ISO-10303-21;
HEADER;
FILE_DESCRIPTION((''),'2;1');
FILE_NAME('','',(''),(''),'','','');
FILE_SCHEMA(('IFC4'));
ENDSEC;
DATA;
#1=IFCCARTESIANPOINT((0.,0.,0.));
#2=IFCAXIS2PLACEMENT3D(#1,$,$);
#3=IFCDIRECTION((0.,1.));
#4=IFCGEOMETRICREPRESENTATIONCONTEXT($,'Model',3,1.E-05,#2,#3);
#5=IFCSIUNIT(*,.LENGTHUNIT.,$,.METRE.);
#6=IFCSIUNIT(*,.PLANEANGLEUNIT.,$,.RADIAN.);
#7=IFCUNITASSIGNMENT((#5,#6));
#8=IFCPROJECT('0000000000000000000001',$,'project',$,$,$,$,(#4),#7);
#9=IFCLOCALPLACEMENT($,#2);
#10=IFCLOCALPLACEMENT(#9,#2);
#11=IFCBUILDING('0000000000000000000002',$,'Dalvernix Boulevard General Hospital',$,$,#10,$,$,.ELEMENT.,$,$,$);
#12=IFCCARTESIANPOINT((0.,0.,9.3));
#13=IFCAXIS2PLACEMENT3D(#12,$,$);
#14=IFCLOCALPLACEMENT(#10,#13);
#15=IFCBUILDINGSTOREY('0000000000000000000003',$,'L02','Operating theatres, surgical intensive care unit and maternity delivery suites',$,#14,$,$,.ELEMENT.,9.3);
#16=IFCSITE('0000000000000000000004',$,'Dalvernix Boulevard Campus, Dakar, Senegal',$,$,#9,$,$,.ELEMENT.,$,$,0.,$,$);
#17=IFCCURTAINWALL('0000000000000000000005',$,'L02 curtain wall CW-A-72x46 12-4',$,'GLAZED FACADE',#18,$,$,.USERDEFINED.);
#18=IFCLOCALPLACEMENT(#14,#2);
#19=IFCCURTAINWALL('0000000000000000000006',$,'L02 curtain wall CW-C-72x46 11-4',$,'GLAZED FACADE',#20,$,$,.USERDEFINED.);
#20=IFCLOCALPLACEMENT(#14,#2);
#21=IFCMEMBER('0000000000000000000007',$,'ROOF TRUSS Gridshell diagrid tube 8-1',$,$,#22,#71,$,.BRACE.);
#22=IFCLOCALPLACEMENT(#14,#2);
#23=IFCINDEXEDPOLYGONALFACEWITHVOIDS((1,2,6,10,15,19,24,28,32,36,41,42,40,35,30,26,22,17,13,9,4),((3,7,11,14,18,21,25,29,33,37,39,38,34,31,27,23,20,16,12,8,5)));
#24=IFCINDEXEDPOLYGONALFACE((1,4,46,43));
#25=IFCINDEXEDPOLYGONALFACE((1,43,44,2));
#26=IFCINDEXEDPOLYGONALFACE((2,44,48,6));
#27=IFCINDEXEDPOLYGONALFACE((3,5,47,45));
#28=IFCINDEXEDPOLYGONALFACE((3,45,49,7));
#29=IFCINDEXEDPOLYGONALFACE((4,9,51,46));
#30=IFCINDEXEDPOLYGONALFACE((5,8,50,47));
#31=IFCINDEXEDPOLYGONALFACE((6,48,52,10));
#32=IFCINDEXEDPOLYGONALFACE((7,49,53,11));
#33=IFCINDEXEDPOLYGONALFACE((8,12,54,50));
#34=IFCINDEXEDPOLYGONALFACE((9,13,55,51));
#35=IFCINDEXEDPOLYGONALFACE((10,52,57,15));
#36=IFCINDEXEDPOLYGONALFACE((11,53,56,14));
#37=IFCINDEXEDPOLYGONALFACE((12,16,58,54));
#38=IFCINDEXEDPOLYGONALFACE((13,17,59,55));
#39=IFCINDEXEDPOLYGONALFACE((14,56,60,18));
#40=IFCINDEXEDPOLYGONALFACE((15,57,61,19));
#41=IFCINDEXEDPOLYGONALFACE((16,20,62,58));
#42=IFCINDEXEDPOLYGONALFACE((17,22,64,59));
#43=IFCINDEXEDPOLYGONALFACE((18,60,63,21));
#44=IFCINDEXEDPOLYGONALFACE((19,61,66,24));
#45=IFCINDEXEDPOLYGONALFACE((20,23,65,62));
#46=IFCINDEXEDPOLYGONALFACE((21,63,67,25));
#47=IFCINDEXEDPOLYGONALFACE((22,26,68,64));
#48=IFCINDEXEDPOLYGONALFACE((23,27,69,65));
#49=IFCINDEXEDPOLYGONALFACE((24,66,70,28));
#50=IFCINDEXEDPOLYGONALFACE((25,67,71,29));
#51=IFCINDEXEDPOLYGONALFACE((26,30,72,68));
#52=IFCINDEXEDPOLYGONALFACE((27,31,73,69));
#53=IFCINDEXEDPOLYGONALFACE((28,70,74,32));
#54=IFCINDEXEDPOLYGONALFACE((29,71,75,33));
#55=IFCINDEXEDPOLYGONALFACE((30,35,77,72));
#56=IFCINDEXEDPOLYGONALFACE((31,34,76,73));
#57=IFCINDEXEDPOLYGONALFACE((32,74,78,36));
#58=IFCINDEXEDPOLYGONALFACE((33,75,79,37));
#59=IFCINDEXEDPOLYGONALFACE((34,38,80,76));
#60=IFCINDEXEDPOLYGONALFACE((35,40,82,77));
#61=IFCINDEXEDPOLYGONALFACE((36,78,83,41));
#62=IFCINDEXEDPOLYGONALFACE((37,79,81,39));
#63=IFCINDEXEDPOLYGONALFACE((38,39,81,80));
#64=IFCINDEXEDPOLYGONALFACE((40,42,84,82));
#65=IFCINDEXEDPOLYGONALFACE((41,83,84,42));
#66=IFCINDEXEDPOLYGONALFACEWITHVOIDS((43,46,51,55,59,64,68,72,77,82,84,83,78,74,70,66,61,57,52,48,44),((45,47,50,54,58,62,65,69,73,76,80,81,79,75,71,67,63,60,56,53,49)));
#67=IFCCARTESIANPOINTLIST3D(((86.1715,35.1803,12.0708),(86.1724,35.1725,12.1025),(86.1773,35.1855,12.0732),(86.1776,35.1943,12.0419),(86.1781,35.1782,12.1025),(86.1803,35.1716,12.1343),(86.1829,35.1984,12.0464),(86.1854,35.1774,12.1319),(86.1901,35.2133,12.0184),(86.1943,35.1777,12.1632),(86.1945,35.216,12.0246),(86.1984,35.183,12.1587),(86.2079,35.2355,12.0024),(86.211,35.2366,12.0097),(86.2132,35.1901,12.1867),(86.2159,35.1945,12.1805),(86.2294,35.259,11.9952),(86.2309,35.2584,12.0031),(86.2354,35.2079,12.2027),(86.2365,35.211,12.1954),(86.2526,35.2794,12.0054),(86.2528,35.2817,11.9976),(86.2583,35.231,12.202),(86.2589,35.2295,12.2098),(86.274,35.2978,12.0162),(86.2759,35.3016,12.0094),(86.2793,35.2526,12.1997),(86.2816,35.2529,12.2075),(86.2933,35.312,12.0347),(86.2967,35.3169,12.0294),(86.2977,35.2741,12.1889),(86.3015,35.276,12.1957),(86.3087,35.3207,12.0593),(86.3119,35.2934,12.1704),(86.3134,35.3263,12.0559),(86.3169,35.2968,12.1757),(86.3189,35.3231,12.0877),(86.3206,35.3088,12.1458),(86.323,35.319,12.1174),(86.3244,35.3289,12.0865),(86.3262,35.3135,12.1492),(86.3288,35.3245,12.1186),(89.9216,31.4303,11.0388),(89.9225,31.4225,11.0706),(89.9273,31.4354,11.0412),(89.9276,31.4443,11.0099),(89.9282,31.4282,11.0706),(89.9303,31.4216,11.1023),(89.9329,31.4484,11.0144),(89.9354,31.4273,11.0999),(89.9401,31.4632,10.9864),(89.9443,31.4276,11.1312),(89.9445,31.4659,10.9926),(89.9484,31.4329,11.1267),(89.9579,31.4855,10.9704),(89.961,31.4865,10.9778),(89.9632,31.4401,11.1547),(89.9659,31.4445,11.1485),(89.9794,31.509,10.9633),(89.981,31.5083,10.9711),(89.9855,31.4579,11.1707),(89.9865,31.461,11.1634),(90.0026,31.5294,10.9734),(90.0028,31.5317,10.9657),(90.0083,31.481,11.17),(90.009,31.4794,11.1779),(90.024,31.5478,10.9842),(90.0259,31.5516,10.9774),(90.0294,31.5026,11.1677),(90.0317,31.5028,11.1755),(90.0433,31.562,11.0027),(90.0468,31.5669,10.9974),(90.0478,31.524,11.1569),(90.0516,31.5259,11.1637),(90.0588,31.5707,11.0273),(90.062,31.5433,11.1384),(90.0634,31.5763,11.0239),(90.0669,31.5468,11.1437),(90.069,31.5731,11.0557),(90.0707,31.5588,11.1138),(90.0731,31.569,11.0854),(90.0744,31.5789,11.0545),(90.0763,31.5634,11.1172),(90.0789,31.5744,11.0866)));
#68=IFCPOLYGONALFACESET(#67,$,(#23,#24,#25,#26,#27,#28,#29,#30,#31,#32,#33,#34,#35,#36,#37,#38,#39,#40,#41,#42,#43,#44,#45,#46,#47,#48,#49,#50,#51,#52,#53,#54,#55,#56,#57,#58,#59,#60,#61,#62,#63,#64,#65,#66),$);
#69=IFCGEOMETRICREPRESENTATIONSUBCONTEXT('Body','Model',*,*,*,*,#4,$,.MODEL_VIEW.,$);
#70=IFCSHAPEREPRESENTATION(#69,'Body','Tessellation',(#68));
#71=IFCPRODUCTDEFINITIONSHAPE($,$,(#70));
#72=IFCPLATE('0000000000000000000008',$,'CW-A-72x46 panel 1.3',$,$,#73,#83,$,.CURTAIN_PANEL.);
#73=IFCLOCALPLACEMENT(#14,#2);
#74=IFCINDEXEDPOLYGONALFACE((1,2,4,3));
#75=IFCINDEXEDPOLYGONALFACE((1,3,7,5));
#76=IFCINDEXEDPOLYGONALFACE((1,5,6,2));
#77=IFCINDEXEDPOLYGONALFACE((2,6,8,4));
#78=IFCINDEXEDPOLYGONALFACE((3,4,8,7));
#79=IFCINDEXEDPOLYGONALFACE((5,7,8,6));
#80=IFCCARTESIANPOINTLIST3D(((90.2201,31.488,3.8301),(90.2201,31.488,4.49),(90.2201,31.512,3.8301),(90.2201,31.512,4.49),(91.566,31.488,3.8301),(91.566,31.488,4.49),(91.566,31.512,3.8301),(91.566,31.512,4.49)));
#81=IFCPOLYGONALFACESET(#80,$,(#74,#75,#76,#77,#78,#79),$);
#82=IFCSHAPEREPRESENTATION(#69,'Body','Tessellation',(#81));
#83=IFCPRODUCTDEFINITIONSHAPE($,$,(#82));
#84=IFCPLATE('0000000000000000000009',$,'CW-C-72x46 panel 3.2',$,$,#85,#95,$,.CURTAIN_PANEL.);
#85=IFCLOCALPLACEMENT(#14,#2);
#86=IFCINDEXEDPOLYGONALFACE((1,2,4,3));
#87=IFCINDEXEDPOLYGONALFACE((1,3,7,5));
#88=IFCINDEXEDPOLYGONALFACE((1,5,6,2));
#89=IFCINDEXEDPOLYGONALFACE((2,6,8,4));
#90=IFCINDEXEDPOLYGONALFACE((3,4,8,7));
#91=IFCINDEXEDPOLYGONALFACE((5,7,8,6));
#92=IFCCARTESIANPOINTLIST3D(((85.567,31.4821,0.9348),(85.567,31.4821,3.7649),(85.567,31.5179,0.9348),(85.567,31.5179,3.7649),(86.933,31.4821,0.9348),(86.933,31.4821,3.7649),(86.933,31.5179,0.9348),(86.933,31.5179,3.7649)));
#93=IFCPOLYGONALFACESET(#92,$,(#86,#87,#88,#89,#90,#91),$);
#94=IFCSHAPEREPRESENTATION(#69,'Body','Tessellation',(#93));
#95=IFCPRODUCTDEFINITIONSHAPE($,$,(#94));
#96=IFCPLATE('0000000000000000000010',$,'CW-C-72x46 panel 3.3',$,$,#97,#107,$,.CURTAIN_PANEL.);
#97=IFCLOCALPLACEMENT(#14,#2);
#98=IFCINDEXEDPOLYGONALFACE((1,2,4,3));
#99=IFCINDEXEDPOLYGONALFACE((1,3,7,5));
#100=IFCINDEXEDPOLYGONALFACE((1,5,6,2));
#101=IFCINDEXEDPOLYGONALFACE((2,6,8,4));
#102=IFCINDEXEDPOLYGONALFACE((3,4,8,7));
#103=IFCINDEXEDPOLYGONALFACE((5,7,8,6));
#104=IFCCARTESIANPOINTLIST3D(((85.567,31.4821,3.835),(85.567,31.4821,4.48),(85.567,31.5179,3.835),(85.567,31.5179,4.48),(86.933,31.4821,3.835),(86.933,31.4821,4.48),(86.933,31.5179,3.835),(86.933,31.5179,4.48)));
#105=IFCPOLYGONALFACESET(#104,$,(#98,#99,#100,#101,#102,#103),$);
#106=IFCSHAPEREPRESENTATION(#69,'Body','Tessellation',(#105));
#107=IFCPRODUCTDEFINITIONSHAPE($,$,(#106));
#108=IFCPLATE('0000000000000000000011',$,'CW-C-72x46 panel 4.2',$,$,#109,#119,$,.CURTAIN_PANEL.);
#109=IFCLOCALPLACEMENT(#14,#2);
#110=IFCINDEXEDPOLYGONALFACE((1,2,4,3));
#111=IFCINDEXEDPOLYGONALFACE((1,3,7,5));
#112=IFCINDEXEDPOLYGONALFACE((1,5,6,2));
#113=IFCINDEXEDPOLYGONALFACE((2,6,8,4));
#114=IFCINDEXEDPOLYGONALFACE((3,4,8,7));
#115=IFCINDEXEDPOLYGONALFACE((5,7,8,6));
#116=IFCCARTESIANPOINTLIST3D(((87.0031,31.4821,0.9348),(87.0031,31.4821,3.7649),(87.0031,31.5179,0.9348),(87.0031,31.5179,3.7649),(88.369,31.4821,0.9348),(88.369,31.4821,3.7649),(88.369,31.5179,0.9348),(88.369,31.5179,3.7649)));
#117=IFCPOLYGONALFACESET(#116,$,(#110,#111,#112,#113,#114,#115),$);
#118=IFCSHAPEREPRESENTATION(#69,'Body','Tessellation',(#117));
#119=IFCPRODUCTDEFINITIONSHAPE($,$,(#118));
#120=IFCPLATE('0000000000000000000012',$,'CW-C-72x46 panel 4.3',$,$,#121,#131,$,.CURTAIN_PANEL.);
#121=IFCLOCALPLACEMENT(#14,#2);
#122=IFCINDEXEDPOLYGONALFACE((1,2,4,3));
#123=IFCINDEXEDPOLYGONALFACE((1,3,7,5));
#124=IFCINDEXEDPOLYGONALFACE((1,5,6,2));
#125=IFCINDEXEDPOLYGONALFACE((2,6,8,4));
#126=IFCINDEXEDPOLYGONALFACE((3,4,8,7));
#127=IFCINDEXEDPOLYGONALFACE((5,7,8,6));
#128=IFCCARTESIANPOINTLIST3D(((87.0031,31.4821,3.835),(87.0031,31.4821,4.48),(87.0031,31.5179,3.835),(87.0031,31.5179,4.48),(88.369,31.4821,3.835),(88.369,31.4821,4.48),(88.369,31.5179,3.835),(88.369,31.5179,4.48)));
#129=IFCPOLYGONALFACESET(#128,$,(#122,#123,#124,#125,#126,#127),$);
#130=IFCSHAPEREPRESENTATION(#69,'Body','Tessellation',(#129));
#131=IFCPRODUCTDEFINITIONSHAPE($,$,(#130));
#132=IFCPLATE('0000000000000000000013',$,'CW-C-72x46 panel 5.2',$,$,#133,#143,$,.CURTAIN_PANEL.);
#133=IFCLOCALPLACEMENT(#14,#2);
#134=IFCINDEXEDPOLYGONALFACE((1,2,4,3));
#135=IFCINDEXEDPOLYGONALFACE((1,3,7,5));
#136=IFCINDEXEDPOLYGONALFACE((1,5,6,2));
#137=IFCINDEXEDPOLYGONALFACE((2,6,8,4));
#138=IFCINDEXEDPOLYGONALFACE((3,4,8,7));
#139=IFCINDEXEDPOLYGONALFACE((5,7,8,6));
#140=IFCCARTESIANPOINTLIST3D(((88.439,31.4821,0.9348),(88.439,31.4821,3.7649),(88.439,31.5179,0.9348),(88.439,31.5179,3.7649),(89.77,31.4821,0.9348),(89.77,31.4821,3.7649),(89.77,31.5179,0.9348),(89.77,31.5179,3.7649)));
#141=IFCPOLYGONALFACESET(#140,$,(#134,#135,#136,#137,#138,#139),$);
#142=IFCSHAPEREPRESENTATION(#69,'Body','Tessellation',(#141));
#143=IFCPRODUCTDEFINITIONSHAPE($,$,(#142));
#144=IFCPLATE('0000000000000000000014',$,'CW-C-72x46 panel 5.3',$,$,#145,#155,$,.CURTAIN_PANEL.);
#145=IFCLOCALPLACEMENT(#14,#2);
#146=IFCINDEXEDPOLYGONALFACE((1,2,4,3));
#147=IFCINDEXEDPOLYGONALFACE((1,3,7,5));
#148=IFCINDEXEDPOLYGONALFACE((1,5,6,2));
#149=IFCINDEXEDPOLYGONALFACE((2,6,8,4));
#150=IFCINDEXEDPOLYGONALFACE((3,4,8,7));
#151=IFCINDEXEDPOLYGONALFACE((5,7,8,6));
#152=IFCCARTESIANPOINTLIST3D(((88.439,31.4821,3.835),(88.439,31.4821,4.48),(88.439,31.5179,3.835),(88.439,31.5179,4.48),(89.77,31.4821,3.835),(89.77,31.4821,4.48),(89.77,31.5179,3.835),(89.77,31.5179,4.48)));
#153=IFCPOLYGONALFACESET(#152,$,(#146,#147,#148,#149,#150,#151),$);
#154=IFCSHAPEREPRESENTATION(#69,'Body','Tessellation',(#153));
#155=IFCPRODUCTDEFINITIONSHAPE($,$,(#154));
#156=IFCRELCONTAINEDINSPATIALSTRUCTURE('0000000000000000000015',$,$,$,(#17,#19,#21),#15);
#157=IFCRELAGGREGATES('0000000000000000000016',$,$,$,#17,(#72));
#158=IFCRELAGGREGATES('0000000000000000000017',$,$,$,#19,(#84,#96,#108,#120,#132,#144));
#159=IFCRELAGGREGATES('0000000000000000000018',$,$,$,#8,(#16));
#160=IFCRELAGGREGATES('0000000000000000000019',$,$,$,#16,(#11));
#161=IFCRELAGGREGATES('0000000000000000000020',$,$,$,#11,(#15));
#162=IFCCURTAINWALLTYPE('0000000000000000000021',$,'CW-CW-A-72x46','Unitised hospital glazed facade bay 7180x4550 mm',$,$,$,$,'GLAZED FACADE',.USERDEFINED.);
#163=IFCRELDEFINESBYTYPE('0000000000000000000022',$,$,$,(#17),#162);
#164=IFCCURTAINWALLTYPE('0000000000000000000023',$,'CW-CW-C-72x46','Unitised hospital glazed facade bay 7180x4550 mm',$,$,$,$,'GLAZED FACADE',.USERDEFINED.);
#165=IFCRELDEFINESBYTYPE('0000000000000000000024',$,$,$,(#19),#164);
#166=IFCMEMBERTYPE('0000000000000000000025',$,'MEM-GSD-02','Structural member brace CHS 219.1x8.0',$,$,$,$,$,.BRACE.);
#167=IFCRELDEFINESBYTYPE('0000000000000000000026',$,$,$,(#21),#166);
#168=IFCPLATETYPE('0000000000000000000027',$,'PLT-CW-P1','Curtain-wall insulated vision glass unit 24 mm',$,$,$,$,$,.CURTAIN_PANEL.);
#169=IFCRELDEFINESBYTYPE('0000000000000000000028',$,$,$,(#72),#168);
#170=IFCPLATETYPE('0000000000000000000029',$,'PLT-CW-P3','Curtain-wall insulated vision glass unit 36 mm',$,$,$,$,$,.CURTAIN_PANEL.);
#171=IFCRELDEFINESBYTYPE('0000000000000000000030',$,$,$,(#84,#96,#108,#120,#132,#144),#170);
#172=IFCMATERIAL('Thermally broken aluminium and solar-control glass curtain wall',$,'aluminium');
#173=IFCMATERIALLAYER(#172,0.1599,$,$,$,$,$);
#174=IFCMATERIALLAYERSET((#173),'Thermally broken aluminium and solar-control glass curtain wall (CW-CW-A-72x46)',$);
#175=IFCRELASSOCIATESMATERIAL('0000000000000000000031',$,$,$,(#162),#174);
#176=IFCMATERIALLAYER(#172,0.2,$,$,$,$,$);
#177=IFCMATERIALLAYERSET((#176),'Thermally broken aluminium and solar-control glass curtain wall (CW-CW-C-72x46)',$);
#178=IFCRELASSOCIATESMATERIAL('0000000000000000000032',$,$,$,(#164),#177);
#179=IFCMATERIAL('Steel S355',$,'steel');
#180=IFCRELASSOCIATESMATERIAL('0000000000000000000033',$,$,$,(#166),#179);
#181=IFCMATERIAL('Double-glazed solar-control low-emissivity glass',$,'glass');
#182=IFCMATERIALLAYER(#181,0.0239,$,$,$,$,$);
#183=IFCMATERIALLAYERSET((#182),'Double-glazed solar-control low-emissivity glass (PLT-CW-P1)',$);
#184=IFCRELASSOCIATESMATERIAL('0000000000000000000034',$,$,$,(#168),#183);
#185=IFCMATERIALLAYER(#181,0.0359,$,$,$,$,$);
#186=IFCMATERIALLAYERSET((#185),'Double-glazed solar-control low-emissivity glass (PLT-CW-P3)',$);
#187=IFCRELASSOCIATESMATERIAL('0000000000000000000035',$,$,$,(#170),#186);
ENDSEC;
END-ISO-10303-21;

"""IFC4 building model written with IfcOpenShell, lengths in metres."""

from ifc_helpers import new_model, si_unit, direction, frame, origin, origin_2d, place, context, subcontext, project, spatial, rectangle, hollow_circle, extrude, material, layer, layer_set, material_profile, profile_set, type_object, element, aggregate, save


model = new_model("IFC4")

# Units and contexts
model_context = context("Model", 3, precision=1e-05, world=origin(), true_north=direction((0.0, 1.0)))
body_context = subcontext(model_context, "Body", "Model", "MODEL_VIEW")
ifc_project = project(units=[si_unit("LENGTHUNIT", "METRE"), si_unit("PLANEANGLEUNIT", "RADIAN")], contexts=[model_context])

# Site, building, storey
site_placement = place(None, origin())
site = spatial("IfcSite", under=ifc_project, at=site_placement, Name="Dalvernix Boulevard Campus, Dakar, Senegal", CompositionType="ELEMENT", RefElevation=0.0)
building_placement = place(site_placement, origin())
building = spatial("IfcBuilding", under=site, at=building_placement, Name="Dalvernix Boulevard General Hospital", CompositionType="ELEMENT")
storey_placement = place(building_placement, frame((0.0, 0.0, 9.3)))
storey = spatial("IfcBuildingStorey", under=building, at=storey_placement, Name="L02", Description="Operating theatres, surgical intensive care unit and maternity delivery suites", CompositionType="ELEMENT", Elevation=9.3)

# Shared definitions
ifc_material_1 = material(Name="Steel S355", Category="steel")

# Curtain walls
ifc_material_2 = material(Name="Thermally broken aluminium and solar-control glass curtain wall", Category="aluminium")
ifc_layer_1 = layer(ifc_material_2, 0.1599)
ifc_layer_set_1 = layer_set([ifc_layer_1], Name="Thermally broken aluminium and solar-control glass curtain wall (CW-CW-A-72x46)")
curtain_wall_type_1 = type_object("IfcCurtainWallType", Name="CW-CW-A-72x46", Description="Unitised hospital glazed facade bay 7180x4550 mm", ElementType="GLAZED FACADE", PredefinedType="USERDEFINED", material=ifc_layer_set_1)
curtain_wall_1_placement = place(storey_placement, origin())
curtain_wall_1 = element("IfcCurtainWall", 1, at=curtain_wall_1_placement, inside=storey, type_object=curtain_wall_type_1, Name="L02 curtain wall CW-A-72x46 12-4", ObjectType="GLAZED FACADE", PredefinedType="USERDEFINED")
ifc_layer_2 = layer(ifc_material_2, 0.2)
ifc_layer_set_2 = layer_set([ifc_layer_2], Name="Thermally broken aluminium and solar-control glass curtain wall (CW-CW-C-72x46)")
curtain_wall_type_2 = type_object("IfcCurtainWallType", Name="CW-CW-C-72x46", Description="Unitised hospital glazed facade bay 7180x4550 mm", ElementType="GLAZED FACADE", PredefinedType="USERDEFINED", material=ifc_layer_set_2)
curtain_wall_2_placement = place(storey_placement, origin())
curtain_wall_2 = element("IfcCurtainWall", 2, at=curtain_wall_2_placement, inside=storey, type_object=curtain_wall_type_2, Name="L02 curtain wall CW-C-72x46 11-4", ObjectType="GLAZED FACADE", PredefinedType="USERDEFINED")

# Member
ifc_material_profile_1 = material_profile(ifc_material_1, hollow_circle(Radius=0.1096, WallThickness=0.0081, at=origin_2d()), Name="CHS 219.1x8.0")
ifc_profile_set_1 = profile_set([ifc_material_profile_1], Name="Steel S355")
member_type_1 = type_object("IfcMemberType", Name="MEM-GSD-02", Description="Structural member brace CHS 219.1x8.0", PredefinedType="BRACE", material=ifc_profile_set_1)
member_1_placement = place(storey_placement, frame((90.0, 31.5, 11.0706), z_axis=(-0.694088, 0.694088, 0.19101), x_axis=(-0.707107, -0.707107, 0.0)))
element("IfcMember", 3, at=member_1_placement, inside=storey, type_object=member_type_1, Name="ROOF TRUSS Gridshell diagrid tube 8-1", PredefinedType="BRACE", context=body_context, shape_type="SweptSolid", body=[
    extrude(hollow_circle(Radius=0.1096, WallThickness=0.0081, at=origin_2d()), origin(), (0.0, 0.0, 1.0), 5.4028),
])

# Plates
ifc_material_3 = material(Name="Double-glazed solar-control low-emissivity glass", Category="glass")
ifc_layer_3 = layer(ifc_material_3, 0.0239)
ifc_layer_set_3 = layer_set([ifc_layer_3], Name="Double-glazed solar-control low-emissivity glass (PLT-CW-P1)")
plate_type_1 = type_object("IfcPlateType", Name="PLT-CW-P1", Description="Curtain-wall insulated vision glass unit 24 mm", PredefinedType="CURTAIN_PANEL", material=ifc_layer_set_3)
plate_1_placement = place(storey_placement, frame((90.8931, 31.5, 3.8301), z_axis=(0.0, 0.0, 1.0), x_axis=(1.0, 0.0, 0.0)))
plate_1 = element("IfcPlate", 4, at=plate_1_placement, type_object=plate_type_1, Name="CW-A-72x46 panel 1.3", PredefinedType="CURTAIN_PANEL", context=body_context, shape_type="SweptSolid", body=[
    extrude(rectangle(XDim=1.3459, YDim=0.0239, at=origin_2d()), origin(), (0.0, 0.0, 1.0), 0.6599),
])
aggregate(curtain_wall_1, [plate_1])
ifc_layer_4 = layer(ifc_material_3, 0.0359)
ifc_layer_set_4 = layer_set([ifc_layer_4], Name="Double-glazed solar-control low-emissivity glass (PLT-CW-P3)")
plate_type_2 = type_object("IfcPlateType", Name="PLT-CW-P3", Description="Curtain-wall insulated vision glass unit 36 mm", PredefinedType="CURTAIN_PANEL", material=ifc_layer_set_4)
plate_2_placement = place(storey_placement, frame((86.25, 31.5, 0.9348), z_axis=(0.0, 0.0, 1.0), x_axis=(1.0, 0.0, 0.0)))
plate_2 = element("IfcPlate", 5, at=plate_2_placement, type_object=plate_type_2, Name="CW-C-72x46 panel 3.2", PredefinedType="CURTAIN_PANEL", context=body_context, shape_type="SweptSolid", body=[
    extrude(rectangle(XDim=1.366, YDim=0.0359, at=origin_2d()), origin(), (0.0, 0.0, 1.0), 2.8301),
])
plate_3_placement = place(storey_placement, frame((86.25, 31.5, 3.835), z_axis=(0.0, 0.0, 1.0), x_axis=(1.0, 0.0, 0.0)))
plate_3 = element("IfcPlate", 6, at=plate_3_placement, type_object=plate_type_2, Name="CW-C-72x46 panel 3.3", PredefinedType="CURTAIN_PANEL", context=body_context, shape_type="SweptSolid", body=[
    extrude(rectangle(XDim=1.366, YDim=0.0359, at=origin_2d()), origin(), (0.0, 0.0, 1.0), 0.645),
])
plate_4_placement = place(storey_placement, frame((87.686, 31.5, 0.9348), z_axis=(0.0, 0.0, 1.0), x_axis=(1.0, 0.0, 0.0)))
plate_4 = element("IfcPlate", 7, at=plate_4_placement, type_object=plate_type_2, Name="CW-C-72x46 panel 4.2", PredefinedType="CURTAIN_PANEL", context=body_context, shape_type="SweptSolid", body=[
    extrude(rectangle(XDim=1.366, YDim=0.0359, at=origin_2d()), origin(), (0.0, 0.0, 1.0), 2.8301),
])
plate_5_placement = place(storey_placement, frame((87.686, 31.5, 3.835), z_axis=(0.0, 0.0, 1.0), x_axis=(1.0, 0.0, 0.0)))
plate_5 = element("IfcPlate", 8, at=plate_5_placement, type_object=plate_type_2, Name="CW-C-72x46 panel 4.3", PredefinedType="CURTAIN_PANEL", context=body_context, shape_type="SweptSolid", body=[
    extrude(rectangle(XDim=1.366, YDim=0.0359, at=origin_2d()), origin(), (0.0, 0.0, 1.0), 0.645),
])
plate_6_placement = place(storey_placement, frame((89.1045, 31.5, 0.9348), z_axis=(0.0, 0.0, 1.0), x_axis=(1.0, 0.0, 0.0)))
plate_6 = element("IfcPlate", 9, at=plate_6_placement, type_object=plate_type_2, Name="CW-C-72x46 panel 5.2", PredefinedType="CURTAIN_PANEL", context=body_context, shape_type="SweptSolid", body=[
    extrude(rectangle(XDim=1.3311, YDim=0.0359, at=origin_2d()), origin(), (0.0, 0.0, 1.0), 2.8301),
])
plate_7_placement = place(storey_placement, frame((89.1045, 31.5, 3.835), z_axis=(0.0, 0.0, 1.0), x_axis=(1.0, 0.0, 0.0)))
plate_7 = element("IfcPlate", 10, at=plate_7_placement, type_object=plate_type_2, Name="CW-C-72x46 panel 5.3", PredefinedType="CURTAIN_PANEL", context=body_context, shape_type="SweptSolid", body=[
    extrude(rectangle(XDim=1.3311, YDim=0.0359, at=origin_2d()), origin(), (0.0, 0.0, 1.0), 0.645),
])
aggregate(curtain_wall_2, [plate_2, plate_3, plate_4, plate_5, plate_6, plate_7])

save(model, "model.ifc")
